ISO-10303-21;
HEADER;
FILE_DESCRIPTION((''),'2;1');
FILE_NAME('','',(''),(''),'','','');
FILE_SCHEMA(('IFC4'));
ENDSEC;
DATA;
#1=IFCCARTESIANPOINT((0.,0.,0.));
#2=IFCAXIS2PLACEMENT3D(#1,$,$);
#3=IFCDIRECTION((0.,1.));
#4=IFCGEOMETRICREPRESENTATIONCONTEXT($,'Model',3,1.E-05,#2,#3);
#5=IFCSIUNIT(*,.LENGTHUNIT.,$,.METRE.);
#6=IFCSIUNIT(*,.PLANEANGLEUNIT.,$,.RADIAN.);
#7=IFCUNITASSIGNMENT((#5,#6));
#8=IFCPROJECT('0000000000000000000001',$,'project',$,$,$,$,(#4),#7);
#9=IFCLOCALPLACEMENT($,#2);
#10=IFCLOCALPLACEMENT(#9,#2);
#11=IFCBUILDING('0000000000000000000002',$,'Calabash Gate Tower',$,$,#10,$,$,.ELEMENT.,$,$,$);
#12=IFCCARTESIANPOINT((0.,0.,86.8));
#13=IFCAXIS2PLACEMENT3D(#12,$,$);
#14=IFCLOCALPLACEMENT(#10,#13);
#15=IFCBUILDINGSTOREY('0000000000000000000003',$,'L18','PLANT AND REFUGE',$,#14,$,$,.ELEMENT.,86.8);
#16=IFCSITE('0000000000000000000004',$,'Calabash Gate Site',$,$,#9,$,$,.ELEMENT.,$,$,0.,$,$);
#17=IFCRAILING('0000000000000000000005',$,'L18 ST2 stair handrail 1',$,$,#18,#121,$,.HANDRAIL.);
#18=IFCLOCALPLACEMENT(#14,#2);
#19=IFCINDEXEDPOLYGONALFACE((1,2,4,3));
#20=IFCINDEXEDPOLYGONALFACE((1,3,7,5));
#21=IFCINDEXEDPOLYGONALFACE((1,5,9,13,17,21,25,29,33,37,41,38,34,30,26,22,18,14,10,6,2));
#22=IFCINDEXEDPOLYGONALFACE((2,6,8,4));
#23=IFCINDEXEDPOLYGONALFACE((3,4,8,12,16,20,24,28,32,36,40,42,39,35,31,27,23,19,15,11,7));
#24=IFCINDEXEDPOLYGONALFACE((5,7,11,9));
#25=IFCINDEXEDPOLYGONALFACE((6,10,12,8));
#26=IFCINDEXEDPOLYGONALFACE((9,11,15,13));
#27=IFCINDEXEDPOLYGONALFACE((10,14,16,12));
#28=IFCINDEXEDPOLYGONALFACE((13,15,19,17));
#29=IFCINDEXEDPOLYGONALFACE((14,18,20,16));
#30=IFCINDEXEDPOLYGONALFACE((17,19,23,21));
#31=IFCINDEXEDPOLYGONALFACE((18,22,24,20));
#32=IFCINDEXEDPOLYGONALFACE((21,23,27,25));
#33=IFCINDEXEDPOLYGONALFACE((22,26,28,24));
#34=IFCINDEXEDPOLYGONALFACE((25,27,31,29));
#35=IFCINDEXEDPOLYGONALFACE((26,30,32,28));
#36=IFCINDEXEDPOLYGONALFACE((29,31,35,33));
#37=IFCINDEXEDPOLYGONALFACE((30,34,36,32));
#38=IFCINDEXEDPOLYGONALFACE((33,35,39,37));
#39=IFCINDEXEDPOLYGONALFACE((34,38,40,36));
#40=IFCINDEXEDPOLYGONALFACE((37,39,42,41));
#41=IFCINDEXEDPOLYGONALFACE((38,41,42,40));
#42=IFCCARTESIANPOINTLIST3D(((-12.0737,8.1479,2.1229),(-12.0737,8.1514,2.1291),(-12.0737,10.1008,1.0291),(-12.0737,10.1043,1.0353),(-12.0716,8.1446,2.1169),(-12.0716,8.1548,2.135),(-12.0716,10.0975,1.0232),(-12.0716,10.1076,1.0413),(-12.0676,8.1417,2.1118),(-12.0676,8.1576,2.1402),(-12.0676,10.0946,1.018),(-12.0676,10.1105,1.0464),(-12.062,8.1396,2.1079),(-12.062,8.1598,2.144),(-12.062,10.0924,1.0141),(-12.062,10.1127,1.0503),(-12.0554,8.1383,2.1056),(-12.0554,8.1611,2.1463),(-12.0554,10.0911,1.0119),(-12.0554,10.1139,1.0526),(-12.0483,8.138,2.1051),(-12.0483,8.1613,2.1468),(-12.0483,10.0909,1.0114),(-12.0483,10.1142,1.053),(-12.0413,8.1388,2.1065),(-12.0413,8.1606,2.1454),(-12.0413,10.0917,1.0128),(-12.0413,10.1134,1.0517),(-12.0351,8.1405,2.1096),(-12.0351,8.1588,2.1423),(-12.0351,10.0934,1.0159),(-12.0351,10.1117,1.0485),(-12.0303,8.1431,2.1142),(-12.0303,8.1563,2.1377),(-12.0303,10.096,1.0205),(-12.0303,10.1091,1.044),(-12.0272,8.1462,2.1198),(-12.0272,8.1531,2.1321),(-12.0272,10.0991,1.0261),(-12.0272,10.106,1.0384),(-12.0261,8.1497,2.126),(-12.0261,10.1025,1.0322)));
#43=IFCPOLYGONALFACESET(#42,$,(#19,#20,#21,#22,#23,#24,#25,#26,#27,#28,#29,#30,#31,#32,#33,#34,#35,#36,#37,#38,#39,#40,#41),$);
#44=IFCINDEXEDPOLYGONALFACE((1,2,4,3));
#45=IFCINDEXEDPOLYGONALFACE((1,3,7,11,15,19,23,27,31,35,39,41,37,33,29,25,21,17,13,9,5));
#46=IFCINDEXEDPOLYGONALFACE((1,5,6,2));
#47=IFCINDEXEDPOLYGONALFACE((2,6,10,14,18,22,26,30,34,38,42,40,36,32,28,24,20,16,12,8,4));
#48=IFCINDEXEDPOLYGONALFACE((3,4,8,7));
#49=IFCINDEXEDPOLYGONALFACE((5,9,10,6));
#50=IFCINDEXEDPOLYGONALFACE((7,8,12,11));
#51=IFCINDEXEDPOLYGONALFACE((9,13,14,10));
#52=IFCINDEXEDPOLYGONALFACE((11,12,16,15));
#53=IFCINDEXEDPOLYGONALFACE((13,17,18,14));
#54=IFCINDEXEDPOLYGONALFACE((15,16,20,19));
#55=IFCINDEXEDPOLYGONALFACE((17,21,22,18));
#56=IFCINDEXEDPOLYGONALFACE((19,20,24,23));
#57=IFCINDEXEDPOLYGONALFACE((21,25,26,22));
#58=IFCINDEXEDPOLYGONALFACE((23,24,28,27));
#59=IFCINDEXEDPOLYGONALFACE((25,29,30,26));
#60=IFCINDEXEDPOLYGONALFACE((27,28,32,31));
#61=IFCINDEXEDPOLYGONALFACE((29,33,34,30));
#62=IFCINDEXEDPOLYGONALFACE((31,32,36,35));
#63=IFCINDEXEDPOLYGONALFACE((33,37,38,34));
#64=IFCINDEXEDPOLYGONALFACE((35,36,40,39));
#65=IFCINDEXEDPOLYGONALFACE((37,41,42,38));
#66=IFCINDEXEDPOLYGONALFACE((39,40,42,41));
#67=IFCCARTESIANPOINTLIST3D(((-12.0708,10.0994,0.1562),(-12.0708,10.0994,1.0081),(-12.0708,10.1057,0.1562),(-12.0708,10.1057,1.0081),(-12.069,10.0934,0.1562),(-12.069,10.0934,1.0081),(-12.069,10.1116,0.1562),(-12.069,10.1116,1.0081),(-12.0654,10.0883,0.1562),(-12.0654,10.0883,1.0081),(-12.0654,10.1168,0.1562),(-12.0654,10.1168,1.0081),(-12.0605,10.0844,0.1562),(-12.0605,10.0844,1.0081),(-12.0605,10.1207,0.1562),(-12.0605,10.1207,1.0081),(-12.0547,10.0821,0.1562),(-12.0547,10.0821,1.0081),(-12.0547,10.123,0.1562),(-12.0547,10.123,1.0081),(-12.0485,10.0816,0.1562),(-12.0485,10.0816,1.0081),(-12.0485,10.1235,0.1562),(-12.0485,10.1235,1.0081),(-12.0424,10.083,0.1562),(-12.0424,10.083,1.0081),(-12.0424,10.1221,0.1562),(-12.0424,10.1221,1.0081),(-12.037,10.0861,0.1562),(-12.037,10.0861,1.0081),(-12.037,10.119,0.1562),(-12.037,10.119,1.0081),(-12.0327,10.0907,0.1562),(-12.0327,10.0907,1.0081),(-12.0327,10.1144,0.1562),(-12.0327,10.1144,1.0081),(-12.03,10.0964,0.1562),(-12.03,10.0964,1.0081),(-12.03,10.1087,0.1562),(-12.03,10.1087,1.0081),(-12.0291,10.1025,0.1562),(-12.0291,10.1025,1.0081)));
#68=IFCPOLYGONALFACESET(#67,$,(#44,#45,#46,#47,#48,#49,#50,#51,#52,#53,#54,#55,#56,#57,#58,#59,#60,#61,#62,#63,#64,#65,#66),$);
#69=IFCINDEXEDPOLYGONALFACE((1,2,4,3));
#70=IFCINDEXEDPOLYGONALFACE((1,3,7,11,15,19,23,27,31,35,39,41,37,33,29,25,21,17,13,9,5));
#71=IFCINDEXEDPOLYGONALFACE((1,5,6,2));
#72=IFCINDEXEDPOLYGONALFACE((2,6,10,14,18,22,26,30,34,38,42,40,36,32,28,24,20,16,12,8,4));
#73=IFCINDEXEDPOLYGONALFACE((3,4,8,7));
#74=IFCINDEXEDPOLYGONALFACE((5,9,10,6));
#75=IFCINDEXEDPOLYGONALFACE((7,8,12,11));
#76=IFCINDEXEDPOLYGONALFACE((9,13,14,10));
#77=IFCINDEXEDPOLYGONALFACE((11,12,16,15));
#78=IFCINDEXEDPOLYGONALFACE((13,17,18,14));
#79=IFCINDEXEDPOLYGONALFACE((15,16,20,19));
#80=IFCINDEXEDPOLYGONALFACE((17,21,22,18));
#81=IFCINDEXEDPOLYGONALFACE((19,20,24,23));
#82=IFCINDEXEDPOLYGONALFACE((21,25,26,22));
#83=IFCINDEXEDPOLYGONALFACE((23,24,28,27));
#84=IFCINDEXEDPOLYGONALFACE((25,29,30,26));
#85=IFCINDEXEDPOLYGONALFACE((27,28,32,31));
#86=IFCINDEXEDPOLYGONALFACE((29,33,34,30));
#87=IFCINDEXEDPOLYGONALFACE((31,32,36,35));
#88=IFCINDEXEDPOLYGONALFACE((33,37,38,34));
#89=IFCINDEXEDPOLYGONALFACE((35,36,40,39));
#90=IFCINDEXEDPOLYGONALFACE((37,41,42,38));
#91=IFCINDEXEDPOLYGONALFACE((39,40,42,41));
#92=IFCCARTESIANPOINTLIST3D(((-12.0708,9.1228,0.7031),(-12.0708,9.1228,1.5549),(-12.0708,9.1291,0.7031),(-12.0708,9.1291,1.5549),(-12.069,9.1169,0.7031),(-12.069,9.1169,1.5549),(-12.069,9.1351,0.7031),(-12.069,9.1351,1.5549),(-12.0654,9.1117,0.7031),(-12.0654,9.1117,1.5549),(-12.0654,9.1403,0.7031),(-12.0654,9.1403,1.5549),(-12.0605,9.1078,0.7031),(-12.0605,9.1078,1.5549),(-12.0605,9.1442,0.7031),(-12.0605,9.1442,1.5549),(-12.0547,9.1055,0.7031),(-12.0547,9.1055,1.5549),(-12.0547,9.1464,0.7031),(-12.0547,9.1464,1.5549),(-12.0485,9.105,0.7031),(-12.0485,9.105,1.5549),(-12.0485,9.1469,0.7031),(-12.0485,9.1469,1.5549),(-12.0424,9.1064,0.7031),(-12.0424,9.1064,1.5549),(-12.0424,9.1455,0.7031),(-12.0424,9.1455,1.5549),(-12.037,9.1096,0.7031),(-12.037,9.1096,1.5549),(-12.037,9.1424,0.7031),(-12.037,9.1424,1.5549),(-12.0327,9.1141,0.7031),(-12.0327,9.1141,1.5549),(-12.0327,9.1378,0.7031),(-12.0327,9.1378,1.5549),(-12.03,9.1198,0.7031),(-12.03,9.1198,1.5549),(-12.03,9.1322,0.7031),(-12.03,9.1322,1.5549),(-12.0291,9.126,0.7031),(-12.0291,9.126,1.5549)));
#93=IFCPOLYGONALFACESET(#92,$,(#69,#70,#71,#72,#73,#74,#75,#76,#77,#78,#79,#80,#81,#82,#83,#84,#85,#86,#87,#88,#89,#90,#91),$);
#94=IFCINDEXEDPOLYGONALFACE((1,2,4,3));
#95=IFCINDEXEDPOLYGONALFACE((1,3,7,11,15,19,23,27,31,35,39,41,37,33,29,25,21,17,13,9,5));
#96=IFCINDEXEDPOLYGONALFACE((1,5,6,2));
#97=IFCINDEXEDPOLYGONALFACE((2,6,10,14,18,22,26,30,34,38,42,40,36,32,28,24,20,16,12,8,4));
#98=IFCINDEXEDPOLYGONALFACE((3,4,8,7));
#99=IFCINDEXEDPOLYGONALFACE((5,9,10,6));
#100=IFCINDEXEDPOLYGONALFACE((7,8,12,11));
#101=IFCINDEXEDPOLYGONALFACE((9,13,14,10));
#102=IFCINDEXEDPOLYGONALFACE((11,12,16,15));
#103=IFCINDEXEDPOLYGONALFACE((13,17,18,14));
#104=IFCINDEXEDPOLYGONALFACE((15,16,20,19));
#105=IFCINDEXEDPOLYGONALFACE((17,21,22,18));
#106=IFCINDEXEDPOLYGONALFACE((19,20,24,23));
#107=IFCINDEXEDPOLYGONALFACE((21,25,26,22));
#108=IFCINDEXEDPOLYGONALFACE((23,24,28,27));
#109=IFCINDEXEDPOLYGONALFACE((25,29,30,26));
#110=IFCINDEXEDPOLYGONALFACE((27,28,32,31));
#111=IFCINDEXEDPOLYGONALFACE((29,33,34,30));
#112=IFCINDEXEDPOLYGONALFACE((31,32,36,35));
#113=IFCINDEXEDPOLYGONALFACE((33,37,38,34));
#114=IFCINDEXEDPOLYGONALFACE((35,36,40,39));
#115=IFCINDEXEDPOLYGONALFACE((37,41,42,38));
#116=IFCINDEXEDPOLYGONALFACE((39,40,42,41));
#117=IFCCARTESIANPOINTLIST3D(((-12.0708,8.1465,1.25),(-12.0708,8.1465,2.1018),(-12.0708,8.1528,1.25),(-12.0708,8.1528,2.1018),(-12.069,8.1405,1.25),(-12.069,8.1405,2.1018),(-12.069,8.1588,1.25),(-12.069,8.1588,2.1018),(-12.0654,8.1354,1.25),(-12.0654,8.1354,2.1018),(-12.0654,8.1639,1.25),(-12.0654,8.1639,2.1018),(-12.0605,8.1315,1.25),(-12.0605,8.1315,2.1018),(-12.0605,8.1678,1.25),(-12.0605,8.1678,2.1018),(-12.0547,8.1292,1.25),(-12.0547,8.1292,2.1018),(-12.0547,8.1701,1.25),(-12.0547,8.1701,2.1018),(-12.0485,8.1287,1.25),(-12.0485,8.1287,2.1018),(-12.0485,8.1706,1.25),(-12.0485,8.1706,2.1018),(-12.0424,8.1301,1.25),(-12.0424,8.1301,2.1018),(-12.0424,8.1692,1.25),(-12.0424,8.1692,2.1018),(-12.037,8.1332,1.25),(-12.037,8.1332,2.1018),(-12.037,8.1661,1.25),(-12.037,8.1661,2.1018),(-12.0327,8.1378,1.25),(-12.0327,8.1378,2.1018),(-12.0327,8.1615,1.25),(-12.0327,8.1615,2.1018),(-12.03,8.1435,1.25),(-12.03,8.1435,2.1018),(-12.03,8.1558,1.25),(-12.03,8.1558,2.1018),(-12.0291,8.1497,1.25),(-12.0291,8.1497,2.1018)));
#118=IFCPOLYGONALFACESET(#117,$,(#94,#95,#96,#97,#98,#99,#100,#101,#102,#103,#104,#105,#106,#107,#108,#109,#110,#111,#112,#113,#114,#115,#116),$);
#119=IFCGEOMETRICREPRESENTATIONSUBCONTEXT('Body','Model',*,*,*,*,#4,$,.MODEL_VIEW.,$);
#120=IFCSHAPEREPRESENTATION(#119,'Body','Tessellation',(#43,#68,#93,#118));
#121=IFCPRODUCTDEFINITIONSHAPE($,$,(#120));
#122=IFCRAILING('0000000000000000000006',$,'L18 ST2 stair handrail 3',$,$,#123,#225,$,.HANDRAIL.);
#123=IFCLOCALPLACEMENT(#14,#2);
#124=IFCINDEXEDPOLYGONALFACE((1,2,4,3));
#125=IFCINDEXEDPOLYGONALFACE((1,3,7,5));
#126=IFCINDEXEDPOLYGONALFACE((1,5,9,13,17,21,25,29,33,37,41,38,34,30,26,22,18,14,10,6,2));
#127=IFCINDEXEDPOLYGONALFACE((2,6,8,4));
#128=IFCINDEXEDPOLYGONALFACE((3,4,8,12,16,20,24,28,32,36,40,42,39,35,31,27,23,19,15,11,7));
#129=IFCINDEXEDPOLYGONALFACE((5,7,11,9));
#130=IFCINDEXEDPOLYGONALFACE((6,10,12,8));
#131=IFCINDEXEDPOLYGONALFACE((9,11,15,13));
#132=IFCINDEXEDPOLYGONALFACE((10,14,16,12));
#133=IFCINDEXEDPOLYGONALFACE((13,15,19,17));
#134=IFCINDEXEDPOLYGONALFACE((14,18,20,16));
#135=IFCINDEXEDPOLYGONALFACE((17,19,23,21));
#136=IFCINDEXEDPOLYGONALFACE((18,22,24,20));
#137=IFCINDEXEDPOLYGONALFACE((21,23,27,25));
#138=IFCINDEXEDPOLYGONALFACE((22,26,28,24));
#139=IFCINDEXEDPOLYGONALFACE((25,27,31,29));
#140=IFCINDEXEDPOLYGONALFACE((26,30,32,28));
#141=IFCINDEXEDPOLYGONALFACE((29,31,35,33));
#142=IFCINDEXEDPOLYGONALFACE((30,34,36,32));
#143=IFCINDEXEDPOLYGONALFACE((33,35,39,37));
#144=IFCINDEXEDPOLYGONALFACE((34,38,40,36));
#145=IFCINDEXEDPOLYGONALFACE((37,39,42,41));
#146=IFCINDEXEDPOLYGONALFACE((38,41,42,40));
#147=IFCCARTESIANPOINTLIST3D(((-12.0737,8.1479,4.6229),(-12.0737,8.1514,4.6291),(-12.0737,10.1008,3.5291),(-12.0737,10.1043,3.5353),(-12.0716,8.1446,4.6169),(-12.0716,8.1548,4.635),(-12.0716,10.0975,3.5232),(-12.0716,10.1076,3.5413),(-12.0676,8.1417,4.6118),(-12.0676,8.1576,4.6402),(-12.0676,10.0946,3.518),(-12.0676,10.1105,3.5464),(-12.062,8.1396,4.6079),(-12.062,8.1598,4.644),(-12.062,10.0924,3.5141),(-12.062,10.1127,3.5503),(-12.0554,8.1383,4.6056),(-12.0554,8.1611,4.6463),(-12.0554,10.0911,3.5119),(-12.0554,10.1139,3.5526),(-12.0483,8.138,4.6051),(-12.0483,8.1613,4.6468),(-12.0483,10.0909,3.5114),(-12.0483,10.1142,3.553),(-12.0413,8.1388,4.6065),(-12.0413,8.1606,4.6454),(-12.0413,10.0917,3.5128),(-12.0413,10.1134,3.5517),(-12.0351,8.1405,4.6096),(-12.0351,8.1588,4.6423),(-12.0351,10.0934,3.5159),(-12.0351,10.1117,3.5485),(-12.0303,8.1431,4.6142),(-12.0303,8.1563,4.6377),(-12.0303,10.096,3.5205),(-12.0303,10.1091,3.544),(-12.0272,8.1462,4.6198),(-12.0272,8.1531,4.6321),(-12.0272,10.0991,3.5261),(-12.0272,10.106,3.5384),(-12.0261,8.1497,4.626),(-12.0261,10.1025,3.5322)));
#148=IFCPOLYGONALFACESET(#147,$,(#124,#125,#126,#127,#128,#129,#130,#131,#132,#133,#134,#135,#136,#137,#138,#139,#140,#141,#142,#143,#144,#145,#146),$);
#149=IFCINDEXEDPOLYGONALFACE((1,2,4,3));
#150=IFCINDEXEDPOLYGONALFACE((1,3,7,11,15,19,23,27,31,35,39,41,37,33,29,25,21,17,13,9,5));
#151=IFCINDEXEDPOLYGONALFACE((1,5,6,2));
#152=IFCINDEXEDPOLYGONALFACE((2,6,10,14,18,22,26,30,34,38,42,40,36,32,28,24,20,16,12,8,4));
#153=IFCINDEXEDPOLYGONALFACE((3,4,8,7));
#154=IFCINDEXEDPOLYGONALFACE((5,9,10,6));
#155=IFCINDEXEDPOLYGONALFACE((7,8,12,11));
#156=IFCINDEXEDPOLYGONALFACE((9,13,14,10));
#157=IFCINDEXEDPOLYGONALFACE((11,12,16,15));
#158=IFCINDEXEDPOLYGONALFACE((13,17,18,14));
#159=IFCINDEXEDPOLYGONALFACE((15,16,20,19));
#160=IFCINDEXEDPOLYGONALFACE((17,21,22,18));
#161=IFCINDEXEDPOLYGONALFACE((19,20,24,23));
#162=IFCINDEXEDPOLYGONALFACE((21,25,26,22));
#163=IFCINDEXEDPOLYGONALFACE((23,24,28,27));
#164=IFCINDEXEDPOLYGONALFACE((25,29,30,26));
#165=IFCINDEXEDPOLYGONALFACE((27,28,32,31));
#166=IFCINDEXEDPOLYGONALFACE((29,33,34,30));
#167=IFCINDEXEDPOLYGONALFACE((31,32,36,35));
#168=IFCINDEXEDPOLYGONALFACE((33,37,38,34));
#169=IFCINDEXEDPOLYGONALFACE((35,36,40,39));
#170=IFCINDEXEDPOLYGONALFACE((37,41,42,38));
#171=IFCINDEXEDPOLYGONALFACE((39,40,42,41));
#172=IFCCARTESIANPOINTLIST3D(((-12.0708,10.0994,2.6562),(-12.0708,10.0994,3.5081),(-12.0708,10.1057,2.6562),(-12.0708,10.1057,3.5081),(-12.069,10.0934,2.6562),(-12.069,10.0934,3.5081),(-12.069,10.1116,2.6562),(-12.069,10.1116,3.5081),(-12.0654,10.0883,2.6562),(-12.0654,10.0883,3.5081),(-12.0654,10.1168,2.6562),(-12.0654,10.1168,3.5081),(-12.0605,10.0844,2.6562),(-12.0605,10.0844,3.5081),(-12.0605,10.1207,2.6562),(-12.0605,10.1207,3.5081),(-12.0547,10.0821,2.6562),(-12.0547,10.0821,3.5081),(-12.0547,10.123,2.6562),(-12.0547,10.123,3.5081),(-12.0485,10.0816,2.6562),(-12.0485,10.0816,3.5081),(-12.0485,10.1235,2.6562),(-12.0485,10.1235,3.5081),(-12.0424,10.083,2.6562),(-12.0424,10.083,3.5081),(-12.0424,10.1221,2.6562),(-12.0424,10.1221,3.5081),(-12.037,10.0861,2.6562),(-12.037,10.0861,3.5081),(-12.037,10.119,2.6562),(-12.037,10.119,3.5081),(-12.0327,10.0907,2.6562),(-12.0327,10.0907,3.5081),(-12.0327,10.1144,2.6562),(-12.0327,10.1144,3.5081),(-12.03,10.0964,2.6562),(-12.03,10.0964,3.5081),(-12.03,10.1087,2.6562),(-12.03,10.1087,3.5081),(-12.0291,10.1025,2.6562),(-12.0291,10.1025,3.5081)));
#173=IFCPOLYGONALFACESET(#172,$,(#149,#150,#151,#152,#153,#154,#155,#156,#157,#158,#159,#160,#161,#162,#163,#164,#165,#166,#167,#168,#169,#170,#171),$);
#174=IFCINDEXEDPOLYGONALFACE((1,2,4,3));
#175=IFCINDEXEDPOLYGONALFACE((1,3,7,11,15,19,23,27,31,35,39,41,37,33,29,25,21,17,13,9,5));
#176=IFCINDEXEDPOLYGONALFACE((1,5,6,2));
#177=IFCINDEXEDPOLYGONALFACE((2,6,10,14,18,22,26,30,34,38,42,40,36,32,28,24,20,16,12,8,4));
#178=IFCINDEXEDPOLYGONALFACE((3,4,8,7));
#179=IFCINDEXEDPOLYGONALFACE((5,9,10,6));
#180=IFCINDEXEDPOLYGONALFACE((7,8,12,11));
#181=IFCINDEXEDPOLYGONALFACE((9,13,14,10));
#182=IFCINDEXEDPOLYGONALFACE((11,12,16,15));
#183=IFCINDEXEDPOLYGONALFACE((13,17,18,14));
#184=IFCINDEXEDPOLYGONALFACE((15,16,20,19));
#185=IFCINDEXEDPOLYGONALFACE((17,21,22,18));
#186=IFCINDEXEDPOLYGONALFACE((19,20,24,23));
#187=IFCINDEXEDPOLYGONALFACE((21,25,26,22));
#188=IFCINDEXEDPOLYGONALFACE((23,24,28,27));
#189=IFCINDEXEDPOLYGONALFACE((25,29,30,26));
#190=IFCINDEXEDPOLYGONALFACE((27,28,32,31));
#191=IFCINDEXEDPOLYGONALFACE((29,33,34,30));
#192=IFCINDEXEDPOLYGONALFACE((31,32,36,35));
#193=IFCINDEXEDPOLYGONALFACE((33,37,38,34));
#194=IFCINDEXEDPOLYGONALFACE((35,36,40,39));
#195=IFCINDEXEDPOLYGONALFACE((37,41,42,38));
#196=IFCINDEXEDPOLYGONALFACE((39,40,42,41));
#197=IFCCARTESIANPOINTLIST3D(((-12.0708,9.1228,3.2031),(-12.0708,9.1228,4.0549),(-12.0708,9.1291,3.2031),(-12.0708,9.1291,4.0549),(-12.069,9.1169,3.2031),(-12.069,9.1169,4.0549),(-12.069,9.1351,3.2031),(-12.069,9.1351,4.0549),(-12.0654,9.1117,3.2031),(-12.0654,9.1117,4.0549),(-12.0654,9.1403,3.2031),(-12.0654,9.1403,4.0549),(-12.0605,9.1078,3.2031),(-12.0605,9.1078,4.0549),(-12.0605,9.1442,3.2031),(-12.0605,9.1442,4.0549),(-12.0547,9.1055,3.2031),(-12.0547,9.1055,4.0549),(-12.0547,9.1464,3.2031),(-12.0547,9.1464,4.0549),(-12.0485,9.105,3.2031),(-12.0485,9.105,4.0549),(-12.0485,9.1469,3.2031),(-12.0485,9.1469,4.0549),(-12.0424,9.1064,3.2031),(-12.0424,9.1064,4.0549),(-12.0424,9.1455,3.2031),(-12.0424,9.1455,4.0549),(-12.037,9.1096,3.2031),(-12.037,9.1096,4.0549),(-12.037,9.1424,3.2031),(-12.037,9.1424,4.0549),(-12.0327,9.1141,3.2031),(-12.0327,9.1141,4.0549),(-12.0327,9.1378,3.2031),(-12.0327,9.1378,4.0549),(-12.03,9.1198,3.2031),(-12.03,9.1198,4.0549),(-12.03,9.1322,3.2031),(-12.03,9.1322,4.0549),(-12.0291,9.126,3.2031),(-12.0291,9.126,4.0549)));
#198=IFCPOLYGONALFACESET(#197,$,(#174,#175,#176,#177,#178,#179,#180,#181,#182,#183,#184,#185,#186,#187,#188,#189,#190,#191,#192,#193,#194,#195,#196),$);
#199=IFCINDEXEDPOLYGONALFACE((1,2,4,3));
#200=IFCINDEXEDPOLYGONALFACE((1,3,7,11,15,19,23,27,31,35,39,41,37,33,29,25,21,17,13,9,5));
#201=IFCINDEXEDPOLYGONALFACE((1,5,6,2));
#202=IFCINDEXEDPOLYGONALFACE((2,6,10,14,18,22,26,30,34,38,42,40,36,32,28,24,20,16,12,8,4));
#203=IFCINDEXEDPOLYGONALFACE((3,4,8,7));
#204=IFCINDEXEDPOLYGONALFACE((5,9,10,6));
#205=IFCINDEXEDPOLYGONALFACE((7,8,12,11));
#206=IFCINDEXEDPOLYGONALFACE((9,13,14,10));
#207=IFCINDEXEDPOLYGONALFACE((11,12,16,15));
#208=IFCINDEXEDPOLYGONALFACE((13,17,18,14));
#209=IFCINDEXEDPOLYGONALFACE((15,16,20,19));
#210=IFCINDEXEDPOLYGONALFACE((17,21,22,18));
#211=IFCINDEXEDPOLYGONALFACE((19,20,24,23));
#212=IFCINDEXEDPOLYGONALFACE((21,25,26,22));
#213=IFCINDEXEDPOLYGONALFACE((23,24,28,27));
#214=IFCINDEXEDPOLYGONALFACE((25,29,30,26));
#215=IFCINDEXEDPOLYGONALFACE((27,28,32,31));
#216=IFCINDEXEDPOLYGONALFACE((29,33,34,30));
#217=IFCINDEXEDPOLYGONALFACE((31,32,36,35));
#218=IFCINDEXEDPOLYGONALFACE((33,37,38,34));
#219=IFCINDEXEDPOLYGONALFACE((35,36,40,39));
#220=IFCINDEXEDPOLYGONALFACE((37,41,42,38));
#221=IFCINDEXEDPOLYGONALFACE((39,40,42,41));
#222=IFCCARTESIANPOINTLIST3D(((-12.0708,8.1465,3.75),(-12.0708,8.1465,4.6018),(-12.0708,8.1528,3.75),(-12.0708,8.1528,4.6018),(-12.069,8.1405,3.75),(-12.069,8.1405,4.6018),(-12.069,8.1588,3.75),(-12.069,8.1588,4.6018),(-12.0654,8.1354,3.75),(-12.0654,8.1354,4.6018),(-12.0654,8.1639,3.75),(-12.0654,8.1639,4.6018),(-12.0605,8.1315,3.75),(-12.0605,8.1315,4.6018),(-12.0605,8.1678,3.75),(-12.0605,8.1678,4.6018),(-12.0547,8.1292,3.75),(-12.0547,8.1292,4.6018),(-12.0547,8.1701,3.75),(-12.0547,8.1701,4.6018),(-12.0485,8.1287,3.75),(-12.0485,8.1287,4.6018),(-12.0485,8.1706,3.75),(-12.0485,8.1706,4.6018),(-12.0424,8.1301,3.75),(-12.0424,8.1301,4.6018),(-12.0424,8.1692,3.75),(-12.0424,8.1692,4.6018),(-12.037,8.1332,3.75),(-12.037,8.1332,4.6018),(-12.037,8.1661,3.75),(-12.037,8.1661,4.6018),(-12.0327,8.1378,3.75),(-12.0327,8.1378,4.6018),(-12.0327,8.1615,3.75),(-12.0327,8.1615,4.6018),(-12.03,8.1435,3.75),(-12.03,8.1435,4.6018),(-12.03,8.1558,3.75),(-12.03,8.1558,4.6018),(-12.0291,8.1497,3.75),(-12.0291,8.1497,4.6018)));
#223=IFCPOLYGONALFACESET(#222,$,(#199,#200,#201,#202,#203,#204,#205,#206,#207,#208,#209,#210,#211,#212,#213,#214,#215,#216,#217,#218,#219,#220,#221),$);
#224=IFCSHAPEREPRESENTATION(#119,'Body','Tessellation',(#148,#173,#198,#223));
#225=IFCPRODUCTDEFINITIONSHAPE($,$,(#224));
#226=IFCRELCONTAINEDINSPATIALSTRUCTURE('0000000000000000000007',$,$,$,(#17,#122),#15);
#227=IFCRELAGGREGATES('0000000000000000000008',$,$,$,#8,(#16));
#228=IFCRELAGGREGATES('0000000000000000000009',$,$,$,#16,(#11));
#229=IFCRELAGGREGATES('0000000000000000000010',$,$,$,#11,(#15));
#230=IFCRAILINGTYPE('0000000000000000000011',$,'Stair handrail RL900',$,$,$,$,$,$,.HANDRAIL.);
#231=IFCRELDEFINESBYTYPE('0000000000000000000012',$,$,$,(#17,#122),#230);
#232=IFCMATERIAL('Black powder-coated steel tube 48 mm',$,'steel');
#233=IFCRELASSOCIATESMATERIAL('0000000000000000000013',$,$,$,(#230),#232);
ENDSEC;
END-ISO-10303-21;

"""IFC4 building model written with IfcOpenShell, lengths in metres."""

from ifc_helpers import new_model, si_unit, direction, frame, origin, origin_2d, place, context, subcontext, project, spatial, circle, extrude, material, type_object, element, save


model = new_model("IFC4")

# Units and contexts
model_context = context("Model", 3, precision=1e-05, world=origin(), true_north=direction((0.0, 1.0)))
body_context = subcontext(model_context, "Body", "Model", "MODEL_VIEW")
ifc_project = project(units=[si_unit("LENGTHUNIT", "METRE"), si_unit("PLANEANGLEUNIT", "RADIAN")], contexts=[model_context])

# Site, building, storey
site_placement = place(None, origin())
site = spatial("IfcSite", under=ifc_project, at=site_placement, Name="Calabash Gate Site", CompositionType="ELEMENT", RefElevation=0.0)
building_placement = place(site_placement, origin())
building = spatial("IfcBuilding", under=site, at=building_placement, Name="Calabash Gate Tower", CompositionType="ELEMENT")
storey_placement = place(building_placement, frame((0.0, 0.0, 86.8)))
storey = spatial("IfcBuildingStorey", under=building, at=storey_placement, Name="L18", Description="PLANT AND REFUGE", CompositionType="ELEMENT", Elevation=86.8)

# Railings
ifc_material_1 = material(Name="Black powder-coated steel tube 48 mm", Category="steel")
railing_type = type_object("IfcRailingType", Name="Stair handrail RL900", PredefinedType="HANDRAIL", material=ifc_material_1)
for number, where, name in (
    (1, (-12.05, 10.1025, 0.1562), "L18 ST2 stair handrail 1"),
    (2, (-12.05, 10.1025, 2.6562), "L18 ST2 stair handrail 3"),
):
    element("IfcRailing", number, at=place(storey_placement, frame(where)), inside=storey, type_object=railing_type, Name=name, PredefinedType="HANDRAIL", context=body_context, shape_type="SweptSolid", body=[
        extrude(circle(Radius=0.0239, at=origin_2d()), frame((0.0, 0.0, 0.876), z_axis=(0.0, -0.87248, 0.48865), x_axis=(1.0, 0.0, 0.0)), (0.0, 0.0, 1.0), 2.2383),
        extrude(circle(Radius=0.021, at=origin_2d()), origin(), (0.0, 0.0, 1.0), 0.8518),
        extrude(circle(Radius=0.021, at=origin_2d()), frame((0.0, -0.9766, 0.5469)), (0.0, 0.0, 1.0), 0.8518),
        extrude(circle(Radius=0.021, at=origin_2d()), frame((0.0, -1.9529, 1.0938)), (0.0, 0.0, 1.0), 0.8518),
    ])

save(model, "model.ifc")
